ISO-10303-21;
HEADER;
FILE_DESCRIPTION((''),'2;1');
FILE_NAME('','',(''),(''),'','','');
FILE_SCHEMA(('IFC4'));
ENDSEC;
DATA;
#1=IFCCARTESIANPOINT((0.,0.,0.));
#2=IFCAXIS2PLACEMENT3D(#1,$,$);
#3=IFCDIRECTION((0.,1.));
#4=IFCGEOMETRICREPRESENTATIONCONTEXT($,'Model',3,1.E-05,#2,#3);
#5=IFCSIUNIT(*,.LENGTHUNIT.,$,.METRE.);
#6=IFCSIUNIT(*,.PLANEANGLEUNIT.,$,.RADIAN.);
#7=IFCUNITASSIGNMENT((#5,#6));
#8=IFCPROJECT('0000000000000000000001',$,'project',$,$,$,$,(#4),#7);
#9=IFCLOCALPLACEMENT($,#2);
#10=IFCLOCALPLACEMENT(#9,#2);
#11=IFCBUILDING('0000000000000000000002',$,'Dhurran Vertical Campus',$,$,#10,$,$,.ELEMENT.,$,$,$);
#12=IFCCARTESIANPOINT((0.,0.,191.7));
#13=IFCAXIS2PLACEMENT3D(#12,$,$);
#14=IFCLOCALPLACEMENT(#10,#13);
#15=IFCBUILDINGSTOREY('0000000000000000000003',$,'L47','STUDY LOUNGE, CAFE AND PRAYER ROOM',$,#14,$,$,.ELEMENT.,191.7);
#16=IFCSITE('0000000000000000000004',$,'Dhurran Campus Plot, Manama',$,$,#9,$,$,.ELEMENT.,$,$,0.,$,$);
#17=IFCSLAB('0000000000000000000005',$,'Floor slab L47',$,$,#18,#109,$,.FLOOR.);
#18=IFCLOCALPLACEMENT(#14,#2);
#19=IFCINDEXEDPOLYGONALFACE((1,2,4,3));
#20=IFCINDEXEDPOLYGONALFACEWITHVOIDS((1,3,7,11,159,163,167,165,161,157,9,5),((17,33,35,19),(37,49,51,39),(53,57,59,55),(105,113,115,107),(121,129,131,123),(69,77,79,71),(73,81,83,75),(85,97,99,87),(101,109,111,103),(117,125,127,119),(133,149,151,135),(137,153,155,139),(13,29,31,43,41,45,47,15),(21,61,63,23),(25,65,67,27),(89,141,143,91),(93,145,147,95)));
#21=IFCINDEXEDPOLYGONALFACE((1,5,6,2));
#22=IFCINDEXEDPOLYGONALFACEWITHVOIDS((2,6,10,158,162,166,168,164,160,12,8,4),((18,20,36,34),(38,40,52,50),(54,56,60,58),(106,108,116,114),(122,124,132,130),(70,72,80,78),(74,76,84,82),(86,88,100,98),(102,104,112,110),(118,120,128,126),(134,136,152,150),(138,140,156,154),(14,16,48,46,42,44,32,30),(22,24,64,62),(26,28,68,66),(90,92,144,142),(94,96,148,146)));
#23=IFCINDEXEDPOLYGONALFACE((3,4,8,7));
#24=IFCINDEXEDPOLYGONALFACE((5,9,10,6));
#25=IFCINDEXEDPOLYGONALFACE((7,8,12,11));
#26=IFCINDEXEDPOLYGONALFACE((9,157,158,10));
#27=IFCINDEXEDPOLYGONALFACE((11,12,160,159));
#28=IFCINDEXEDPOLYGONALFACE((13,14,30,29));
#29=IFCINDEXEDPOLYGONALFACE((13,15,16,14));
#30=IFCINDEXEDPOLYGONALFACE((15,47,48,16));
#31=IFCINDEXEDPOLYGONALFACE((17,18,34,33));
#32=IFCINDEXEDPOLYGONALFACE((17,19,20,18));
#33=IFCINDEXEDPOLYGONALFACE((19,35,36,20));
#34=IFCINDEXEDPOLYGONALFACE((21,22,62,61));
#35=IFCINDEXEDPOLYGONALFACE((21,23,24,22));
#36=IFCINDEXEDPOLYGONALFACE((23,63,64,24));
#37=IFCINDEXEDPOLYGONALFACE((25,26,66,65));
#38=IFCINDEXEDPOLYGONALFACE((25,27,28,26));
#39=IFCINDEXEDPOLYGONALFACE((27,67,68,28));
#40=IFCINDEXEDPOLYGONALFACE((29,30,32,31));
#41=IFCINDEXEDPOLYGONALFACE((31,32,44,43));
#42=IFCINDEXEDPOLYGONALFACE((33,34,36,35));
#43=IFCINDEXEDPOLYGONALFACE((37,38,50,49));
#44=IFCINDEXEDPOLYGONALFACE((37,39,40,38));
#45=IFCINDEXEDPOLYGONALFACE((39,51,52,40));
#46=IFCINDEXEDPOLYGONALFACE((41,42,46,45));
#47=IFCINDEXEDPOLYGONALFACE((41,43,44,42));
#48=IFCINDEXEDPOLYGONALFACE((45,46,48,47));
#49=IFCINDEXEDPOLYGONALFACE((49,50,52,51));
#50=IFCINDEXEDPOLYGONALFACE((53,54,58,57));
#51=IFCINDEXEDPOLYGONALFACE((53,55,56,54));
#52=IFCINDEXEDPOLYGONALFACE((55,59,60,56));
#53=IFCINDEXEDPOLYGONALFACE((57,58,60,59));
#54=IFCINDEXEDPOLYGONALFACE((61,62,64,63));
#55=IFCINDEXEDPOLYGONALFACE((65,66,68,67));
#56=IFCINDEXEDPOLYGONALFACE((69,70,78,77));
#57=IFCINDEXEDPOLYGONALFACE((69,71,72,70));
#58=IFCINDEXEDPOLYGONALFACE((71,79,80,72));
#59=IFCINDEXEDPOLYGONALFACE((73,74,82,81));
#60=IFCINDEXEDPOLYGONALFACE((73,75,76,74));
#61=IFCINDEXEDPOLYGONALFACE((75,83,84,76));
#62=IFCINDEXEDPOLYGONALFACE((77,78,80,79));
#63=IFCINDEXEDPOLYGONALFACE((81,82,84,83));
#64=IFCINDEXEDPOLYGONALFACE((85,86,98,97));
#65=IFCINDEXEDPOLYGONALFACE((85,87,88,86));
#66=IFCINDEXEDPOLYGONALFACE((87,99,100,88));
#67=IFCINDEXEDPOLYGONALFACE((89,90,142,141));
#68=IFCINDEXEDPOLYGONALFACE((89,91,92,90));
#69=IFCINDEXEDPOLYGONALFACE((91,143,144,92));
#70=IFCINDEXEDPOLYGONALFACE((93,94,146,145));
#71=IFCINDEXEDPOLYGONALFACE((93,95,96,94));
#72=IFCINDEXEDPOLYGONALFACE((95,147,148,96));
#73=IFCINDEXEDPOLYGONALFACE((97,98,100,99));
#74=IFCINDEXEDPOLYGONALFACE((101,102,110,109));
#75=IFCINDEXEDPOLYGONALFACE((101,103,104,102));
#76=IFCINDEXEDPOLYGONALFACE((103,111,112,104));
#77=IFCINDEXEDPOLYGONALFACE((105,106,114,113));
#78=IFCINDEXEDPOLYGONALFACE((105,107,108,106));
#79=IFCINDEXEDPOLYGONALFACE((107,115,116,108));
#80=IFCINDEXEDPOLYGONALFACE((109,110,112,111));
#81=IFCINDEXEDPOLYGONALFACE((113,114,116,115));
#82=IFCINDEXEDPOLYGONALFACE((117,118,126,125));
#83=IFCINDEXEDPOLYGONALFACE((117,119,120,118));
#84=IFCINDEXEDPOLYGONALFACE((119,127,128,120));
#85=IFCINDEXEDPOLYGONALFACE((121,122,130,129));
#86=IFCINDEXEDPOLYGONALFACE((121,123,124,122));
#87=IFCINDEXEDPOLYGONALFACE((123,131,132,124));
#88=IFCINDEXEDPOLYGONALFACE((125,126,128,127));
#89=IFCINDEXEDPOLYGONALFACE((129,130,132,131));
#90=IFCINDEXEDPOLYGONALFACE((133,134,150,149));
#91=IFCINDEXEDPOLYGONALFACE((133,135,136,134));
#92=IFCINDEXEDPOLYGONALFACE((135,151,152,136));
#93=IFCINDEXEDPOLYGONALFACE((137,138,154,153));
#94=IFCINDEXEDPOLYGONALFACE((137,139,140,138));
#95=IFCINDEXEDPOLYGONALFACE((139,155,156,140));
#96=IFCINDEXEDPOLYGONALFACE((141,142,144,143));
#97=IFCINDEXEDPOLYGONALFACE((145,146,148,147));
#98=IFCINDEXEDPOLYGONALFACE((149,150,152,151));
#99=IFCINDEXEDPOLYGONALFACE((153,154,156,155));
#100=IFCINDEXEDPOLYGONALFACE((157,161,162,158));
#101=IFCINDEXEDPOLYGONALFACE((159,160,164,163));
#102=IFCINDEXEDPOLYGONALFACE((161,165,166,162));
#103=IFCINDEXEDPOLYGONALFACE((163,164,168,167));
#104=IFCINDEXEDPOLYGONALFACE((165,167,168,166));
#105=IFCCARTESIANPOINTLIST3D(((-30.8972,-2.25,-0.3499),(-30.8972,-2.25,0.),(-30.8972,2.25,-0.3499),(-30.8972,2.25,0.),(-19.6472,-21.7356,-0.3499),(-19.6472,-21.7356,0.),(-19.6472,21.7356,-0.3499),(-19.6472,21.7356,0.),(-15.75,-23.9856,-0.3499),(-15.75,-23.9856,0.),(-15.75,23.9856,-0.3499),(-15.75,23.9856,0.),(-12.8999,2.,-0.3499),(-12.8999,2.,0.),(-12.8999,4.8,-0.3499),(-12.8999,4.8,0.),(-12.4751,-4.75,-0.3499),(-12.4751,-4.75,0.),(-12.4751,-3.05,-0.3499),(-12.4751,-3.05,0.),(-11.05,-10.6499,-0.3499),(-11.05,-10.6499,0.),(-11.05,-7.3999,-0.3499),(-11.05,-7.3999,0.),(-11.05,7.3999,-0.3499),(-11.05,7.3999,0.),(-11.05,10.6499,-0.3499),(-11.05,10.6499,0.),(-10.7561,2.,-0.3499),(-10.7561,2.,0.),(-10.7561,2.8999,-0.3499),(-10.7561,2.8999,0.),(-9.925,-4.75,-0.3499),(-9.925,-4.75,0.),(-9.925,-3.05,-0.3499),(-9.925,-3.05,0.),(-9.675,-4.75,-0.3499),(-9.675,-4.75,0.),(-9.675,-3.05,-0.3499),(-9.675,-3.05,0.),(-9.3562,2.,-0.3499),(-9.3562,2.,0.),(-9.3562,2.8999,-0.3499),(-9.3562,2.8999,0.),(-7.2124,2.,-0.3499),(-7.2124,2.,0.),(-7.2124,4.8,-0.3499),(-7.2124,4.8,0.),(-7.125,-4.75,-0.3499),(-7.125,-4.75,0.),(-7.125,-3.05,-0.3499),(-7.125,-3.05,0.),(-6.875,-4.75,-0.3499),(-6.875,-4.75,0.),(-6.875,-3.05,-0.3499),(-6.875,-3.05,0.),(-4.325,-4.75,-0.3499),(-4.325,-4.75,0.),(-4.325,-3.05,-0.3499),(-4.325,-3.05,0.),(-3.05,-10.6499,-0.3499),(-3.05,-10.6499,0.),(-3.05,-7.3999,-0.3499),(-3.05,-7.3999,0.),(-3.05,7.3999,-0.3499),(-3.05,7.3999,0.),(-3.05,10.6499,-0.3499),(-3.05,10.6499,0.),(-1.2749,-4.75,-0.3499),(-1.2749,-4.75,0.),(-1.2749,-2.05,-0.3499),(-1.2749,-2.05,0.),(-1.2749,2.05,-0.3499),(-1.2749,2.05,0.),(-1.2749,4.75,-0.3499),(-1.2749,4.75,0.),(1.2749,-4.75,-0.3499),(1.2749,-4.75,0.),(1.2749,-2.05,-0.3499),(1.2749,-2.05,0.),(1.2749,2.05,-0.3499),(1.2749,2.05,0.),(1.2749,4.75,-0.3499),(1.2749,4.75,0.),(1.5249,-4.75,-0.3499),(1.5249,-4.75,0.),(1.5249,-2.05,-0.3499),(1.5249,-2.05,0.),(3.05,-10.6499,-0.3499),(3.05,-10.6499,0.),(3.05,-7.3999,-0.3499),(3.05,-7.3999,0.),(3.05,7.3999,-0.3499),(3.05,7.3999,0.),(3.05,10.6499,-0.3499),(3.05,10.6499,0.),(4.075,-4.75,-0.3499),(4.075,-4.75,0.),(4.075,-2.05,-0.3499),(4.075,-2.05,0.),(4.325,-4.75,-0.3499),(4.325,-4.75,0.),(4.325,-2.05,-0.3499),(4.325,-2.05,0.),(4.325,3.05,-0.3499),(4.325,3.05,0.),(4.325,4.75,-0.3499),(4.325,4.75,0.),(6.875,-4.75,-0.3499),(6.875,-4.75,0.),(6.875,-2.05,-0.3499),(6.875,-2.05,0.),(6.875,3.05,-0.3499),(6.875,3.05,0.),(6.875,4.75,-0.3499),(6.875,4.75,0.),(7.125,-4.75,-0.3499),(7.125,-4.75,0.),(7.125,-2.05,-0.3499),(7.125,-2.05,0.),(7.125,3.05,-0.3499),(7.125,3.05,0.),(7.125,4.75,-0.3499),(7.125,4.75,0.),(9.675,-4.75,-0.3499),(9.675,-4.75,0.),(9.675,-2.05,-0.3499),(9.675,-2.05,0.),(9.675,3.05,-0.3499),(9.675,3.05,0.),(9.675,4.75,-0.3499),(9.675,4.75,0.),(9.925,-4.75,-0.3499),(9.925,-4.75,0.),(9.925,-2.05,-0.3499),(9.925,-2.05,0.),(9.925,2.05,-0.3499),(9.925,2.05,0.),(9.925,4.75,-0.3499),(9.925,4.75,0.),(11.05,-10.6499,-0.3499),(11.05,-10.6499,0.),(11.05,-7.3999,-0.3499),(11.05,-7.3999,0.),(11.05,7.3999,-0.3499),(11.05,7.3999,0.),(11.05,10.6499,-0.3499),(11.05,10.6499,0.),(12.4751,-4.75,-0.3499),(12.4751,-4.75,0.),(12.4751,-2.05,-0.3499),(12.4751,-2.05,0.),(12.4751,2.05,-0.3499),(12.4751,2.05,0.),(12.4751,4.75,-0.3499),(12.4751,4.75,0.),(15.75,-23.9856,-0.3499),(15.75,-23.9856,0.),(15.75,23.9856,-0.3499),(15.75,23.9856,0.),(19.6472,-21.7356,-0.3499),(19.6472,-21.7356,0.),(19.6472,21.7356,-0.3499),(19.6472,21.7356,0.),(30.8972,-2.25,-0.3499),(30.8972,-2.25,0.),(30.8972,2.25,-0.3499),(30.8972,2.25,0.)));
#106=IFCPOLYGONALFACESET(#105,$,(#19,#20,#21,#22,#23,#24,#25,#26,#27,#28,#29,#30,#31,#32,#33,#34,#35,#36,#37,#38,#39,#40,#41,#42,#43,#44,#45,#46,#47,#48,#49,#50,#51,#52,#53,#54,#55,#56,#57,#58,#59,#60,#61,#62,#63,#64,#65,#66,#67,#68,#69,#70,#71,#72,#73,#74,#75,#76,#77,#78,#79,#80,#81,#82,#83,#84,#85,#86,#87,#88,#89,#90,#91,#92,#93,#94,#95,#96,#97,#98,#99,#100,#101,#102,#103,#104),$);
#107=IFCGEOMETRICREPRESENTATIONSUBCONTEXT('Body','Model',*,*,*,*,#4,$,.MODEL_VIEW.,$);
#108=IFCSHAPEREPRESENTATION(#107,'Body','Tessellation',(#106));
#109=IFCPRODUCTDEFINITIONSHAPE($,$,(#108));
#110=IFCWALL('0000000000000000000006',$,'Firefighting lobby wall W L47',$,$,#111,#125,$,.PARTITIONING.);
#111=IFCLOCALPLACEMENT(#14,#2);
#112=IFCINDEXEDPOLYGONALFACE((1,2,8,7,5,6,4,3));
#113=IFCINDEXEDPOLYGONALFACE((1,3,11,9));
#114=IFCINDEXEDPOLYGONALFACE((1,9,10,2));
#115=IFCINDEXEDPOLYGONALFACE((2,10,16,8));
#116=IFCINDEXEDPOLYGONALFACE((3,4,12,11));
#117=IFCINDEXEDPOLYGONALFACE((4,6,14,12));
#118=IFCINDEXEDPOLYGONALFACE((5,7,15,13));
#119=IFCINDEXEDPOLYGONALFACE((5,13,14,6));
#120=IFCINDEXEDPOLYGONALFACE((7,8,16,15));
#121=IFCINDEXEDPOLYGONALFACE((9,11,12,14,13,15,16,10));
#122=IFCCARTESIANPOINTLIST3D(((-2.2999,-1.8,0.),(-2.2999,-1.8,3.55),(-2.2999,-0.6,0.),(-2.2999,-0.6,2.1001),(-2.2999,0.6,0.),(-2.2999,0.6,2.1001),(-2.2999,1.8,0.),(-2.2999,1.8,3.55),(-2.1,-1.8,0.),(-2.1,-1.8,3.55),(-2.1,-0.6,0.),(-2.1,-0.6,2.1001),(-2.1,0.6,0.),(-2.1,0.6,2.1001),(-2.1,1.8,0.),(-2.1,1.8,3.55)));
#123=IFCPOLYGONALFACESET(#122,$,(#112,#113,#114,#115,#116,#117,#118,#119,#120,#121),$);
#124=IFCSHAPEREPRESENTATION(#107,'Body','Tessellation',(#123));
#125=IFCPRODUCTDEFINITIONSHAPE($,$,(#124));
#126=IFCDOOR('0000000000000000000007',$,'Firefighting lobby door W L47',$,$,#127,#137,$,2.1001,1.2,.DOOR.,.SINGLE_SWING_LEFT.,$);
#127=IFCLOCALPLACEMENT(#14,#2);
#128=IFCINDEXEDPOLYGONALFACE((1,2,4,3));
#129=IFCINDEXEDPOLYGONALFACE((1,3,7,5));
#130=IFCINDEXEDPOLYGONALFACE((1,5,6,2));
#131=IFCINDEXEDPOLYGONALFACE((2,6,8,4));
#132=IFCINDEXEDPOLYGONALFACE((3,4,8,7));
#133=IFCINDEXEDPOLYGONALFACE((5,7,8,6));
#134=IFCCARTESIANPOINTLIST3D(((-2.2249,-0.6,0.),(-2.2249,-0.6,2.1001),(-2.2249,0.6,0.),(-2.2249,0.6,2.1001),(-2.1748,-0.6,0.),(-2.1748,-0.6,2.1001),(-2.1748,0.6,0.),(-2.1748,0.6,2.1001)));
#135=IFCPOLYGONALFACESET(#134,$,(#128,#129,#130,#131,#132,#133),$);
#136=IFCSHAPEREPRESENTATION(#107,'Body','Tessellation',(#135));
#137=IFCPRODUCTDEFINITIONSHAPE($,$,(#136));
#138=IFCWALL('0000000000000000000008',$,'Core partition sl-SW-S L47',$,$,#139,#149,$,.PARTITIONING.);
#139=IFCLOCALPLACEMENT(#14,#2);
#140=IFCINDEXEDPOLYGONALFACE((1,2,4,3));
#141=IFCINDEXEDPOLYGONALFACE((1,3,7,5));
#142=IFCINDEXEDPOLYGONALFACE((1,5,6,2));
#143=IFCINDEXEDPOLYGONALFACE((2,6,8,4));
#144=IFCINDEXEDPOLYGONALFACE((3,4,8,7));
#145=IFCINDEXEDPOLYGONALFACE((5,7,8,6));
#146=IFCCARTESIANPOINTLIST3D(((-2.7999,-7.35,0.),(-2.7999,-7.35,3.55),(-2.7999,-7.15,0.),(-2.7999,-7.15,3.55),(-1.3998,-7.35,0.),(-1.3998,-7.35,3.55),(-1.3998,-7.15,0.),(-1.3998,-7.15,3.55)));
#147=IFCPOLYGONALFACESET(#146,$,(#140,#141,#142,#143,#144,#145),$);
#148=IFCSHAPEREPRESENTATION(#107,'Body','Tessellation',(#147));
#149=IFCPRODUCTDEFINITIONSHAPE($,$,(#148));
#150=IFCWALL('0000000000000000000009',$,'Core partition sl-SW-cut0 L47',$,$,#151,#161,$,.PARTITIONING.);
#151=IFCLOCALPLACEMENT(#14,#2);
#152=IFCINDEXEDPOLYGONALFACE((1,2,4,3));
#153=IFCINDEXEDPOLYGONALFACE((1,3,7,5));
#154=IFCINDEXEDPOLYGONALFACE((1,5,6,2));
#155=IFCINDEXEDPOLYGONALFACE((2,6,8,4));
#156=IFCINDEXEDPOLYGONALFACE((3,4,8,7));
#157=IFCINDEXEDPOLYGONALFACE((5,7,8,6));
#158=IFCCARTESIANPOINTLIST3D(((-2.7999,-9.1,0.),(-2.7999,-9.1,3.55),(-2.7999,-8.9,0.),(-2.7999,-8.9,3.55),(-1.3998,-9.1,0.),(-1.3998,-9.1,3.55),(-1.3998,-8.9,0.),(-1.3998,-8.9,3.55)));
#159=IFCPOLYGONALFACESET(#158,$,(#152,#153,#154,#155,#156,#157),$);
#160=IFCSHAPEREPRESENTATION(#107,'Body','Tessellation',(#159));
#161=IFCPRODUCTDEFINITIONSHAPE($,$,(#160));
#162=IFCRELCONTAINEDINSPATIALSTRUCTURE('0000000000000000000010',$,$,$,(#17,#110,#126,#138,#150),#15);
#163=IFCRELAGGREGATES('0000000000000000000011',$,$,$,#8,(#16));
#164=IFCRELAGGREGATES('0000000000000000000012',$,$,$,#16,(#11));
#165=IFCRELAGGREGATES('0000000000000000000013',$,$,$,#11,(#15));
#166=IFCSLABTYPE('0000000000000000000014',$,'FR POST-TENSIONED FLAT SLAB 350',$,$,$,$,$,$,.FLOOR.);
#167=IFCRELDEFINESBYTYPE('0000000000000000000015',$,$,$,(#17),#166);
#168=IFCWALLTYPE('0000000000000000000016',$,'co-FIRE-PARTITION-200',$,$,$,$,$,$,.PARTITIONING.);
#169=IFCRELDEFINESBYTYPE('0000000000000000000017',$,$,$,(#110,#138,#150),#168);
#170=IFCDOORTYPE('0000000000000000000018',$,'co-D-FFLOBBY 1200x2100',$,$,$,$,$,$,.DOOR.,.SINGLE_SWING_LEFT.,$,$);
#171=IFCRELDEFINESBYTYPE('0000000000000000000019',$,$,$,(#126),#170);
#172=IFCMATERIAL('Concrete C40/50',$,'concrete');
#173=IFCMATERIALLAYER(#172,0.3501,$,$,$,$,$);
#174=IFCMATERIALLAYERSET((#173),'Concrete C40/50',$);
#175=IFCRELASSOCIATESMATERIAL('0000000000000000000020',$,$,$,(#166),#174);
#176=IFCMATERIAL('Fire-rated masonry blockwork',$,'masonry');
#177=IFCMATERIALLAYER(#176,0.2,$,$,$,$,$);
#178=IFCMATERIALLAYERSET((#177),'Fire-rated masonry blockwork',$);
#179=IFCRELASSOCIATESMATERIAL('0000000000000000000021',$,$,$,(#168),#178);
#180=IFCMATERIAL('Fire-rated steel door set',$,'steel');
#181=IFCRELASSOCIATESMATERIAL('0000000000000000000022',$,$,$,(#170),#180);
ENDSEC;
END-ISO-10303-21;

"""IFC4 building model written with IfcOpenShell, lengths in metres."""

from ifc_helpers import new_model, si_unit, direction, frame, frame_2d, origin, place, context, subcontext, project, spatial, polyline, rectangle, outline, extrude, material, layer, layer_set, type_object, element, fill, save


model = new_model("IFC4")

# Units and contexts
model_context = context("Model", 3, precision=1e-05, world=origin(), true_north=direction((0.0, 1.0)))
body_context = subcontext(model_context, "Body", "Model", "MODEL_VIEW")
ifc_project = project(units=[si_unit("LENGTHUNIT", "METRE"), si_unit("PLANEANGLEUNIT", "RADIAN")], contexts=[model_context])

# Site, building, storey
site_placement = place(None, origin())
site = spatial("IfcSite", under=ifc_project, at=site_placement, Name="Dhurran Campus Plot, Manama", CompositionType="ELEMENT", RefElevation=0.0)
building_placement = place(site_placement, origin())
building = spatial("IfcBuilding", under=site, at=building_placement, Name="Dhurran Vertical Campus", CompositionType="ELEMENT")
storey_placement = place(building_placement, frame((0.0, 0.0, 191.7)))
storey = spatial("IfcBuildingStorey", under=building, at=storey_placement, Name="L47", Description="STUDY LOUNGE, CAFE AND PRAYER ROOM", CompositionType="ELEMENT", Elevation=191.7)

# Slab
ifc_material_1 = material(Name="Concrete C40/50", Category="concrete")
ifc_layer_1 = layer(ifc_material_1, 0.3501)
ifc_layer_set_1 = layer_set([ifc_layer_1], Name="Concrete C40/50")
slab_type = type_object("IfcSlabType", Name="FR POST-TENSIONED FLAT SLAB 350", PredefinedType="FLOOR", material=ifc_layer_set_1)
slab_placement = place(storey_placement, frame((0.0, 0.0, -0.3499)))
element("IfcSlab", 1, at=slab_placement, inside=storey, type_object=slab_type, Name="Floor slab L47", PredefinedType="FLOOR", context=body_context, shape_type="SweptSolid", body=[
    extrude(outline(polyline([(-15.75, -23.9856), (15.75, -23.9856), (19.6472, -21.7356), (30.8972, -2.25), (30.8972, 2.25), (19.6472, 21.7356), (15.75, 23.9856), (-15.75, 23.9856), (-19.6472, 21.7356), (-30.8972, 2.25), (-30.8972, -2.25), (-19.6472, -21.7356), (-15.75, -23.9856)]), holes=[polyline([(-1.2749, 2.05), (1.2749, 2.05), (1.2749, 4.75), (-1.2749, 4.75), (-1.2749, 2.05)]), polyline([(9.925, 2.05), (12.4751, 2.05), (12.4751, 4.75), (9.925, 4.75), (9.925, 2.05)]), polyline([(-1.2749, -4.75), (1.2749, -4.75), (1.2749, -2.05), (-1.2749, -2.05), (-1.2749, -4.75)]), polyline([(1.5249, -4.75), (4.075, -4.75), (4.075, -2.05), (1.5249, -2.05), (1.5249, -4.75)]), polyline([(4.325, -4.75), (6.875, -4.75), (6.875, -2.05), (4.325, -2.05), (4.325, -4.75)]), polyline([(7.125, -4.75), (9.675, -4.75), (9.675, -2.05), (7.125, -2.05), (7.125, -4.75)]), polyline([(9.925, -4.75), (12.4751, -4.75), (12.4751, -2.05), (9.925, -2.05), (9.925, -4.75)]), polyline([(4.325, 3.05), (6.875, 3.05), (6.875, 4.75), (4.325, 4.75), (4.325, 3.05)]), polyline([(7.125, 3.05), (9.675, 3.05), (9.675, 4.75), (7.125, 4.75), (7.125, 3.05)]), polyline([(-12.4751, -4.75), (-9.925, -4.75), (-9.925, -3.05), (-12.4751, -3.05), (-12.4751, -4.75)]), polyline([(-9.675, -4.75), (-7.125, -4.75), (-7.125, -3.05), (-9.675, -3.05), (-9.675, -4.75)]), polyline([(-6.875, -4.75), (-4.325, -4.75), (-4.325, -3.05), (-6.875, -3.05), (-6.875, -4.75)]), polyline([(-11.05, 7.3999), (-3.05, 7.3999), (-3.05, 10.6499), (-11.05, 10.6499), (-11.05, 7.3999)]), polyline([(3.05, 7.3999), (11.05, 7.3999), (11.05, 10.6499), (3.05, 10.6499), (3.05, 7.3999)]), polyline([(-11.05, -10.6499), (-3.05, -10.6499), (-3.05, -7.3999), (-11.05, -7.3999), (-11.05, -10.6499)]), polyline([(3.05, -10.6499), (11.05, -10.6499), (11.05, -7.3999), (3.05, -7.3999), (3.05, -10.6499)]), polyline([(-7.2124, 4.8), (-7.2124, 2.0), (-9.3562, 2.0), (-9.3562, 2.8999), (-10.7561, 2.8999), (-10.7561, 2.0), (-12.8999, 2.0), (-12.8999, 4.8), (-7.2124, 4.8)])]), origin(), (0.0, 0.0, 1.0), 0.3499),
])

# Wall, opening, door
ifc_material_2 = material(Name="Fire-rated masonry blockwork", Category="masonry")
ifc_layer_2 = layer(ifc_material_2, 0.2)
ifc_layer_set_2 = layer_set([ifc_layer_2], Name="Fire-rated masonry blockwork")
wall_type_1 = type_object("IfcWallType", Name="co-FIRE-PARTITION-200", PredefinedType="PARTITIONING", material=ifc_layer_set_2)
wall_1_placement = place(storey_placement, frame((-2.2, -1.8, 0.0), z_axis=(0.0, 0.0, 1.0), x_axis=(0.0, 1.0, 0.0)))
wall_1 = element("IfcWall", 2, at=wall_1_placement, inside=storey, type_object=wall_type_1, Name="Firefighting lobby wall W L47", PredefinedType="PARTITIONING", context=body_context, shape_type="SweptSolid", body=[
    extrude(rectangle(XDim=3.6001, YDim=0.2, at=frame_2d((1.8, 0.0))), origin(), (0.0, 0.0, 1.0), 3.55),
])
opening_1_placement = place(wall_1_placement, frame((1.2, 0.0, 0.0)))
opening_1 = element("IfcOpeningElement", 3, at=opening_1_placement, cuts=wall_1, PredefinedType="OPENING", context=body_context, shape_type="SweptSolid", body=[
    extrude(rectangle(XDim=1.2, YDim=2.1001, at=frame_2d((0.6001, 1.05))), frame((0.0, 0.1099, 0.0), z_axis=(0.0, -1.0, 0.0), x_axis=(1.0, 0.0, 0.0)), (0.0, 0.0, 1.0), 0.22),
])
ifc_material_3 = material(Name="Fire-rated steel door set", Category="steel")
door_type_1 = type_object("IfcDoorType", Name="co-D-FFLOBBY 1200x2100", OperationType="SINGLE_SWING_LEFT", PredefinedType="DOOR", material=ifc_material_3)
door_1_placement = place(opening_1_placement, origin())
door_1 = element("IfcDoor", 4, at=door_1_placement, inside=storey, type_object=door_type_1, Name="Firefighting lobby door W L47", OperationType="SINGLE_SWING_LEFT", OverallHeight=2.1001, OverallWidth=1.2, PredefinedType="DOOR", context=body_context, shape_type="SweptSolid", body=[
    extrude(rectangle(XDim=1.2, YDim=2.1001, at=frame_2d((0.6001, 1.05))), frame((0.0, 0.0249, 0.0), z_axis=(0.0, -1.0, 0.0), x_axis=(1.0, 0.0, 0.0)), (0.0, 0.0, 1.0), 0.05),
])
fill(opening_1, door_1)

# Walls
for number, where, z_axis, x_axis, name in (
    (5, (-2.8, -7.25, 0.0), (0.0, 0.0, 1.0), (1.0, 0.0, 0.0), "Core partition sl-SW-S L47"),
    (6, (-2.8, -9.0, 0.0), (0.0, 0.0, 1.0), (1.0, 0.0, 0.0), "Core partition sl-SW-cut0 L47"),
):
    element("IfcWall", number, at=place(storey_placement, frame(where, z_axis=z_axis, x_axis=x_axis)), inside=storey, type_object=wall_type_1, Name=name, PredefinedType="PARTITIONING", context=body_context, shape_type="SweptSolid", body=[
        extrude(rectangle(XDim=1.4001, YDim=0.2, at=frame_2d((0.7002, 0.0))), origin(), (0.0, 0.0, 1.0), 3.55),
    ])

save(model, "model.ifc")
